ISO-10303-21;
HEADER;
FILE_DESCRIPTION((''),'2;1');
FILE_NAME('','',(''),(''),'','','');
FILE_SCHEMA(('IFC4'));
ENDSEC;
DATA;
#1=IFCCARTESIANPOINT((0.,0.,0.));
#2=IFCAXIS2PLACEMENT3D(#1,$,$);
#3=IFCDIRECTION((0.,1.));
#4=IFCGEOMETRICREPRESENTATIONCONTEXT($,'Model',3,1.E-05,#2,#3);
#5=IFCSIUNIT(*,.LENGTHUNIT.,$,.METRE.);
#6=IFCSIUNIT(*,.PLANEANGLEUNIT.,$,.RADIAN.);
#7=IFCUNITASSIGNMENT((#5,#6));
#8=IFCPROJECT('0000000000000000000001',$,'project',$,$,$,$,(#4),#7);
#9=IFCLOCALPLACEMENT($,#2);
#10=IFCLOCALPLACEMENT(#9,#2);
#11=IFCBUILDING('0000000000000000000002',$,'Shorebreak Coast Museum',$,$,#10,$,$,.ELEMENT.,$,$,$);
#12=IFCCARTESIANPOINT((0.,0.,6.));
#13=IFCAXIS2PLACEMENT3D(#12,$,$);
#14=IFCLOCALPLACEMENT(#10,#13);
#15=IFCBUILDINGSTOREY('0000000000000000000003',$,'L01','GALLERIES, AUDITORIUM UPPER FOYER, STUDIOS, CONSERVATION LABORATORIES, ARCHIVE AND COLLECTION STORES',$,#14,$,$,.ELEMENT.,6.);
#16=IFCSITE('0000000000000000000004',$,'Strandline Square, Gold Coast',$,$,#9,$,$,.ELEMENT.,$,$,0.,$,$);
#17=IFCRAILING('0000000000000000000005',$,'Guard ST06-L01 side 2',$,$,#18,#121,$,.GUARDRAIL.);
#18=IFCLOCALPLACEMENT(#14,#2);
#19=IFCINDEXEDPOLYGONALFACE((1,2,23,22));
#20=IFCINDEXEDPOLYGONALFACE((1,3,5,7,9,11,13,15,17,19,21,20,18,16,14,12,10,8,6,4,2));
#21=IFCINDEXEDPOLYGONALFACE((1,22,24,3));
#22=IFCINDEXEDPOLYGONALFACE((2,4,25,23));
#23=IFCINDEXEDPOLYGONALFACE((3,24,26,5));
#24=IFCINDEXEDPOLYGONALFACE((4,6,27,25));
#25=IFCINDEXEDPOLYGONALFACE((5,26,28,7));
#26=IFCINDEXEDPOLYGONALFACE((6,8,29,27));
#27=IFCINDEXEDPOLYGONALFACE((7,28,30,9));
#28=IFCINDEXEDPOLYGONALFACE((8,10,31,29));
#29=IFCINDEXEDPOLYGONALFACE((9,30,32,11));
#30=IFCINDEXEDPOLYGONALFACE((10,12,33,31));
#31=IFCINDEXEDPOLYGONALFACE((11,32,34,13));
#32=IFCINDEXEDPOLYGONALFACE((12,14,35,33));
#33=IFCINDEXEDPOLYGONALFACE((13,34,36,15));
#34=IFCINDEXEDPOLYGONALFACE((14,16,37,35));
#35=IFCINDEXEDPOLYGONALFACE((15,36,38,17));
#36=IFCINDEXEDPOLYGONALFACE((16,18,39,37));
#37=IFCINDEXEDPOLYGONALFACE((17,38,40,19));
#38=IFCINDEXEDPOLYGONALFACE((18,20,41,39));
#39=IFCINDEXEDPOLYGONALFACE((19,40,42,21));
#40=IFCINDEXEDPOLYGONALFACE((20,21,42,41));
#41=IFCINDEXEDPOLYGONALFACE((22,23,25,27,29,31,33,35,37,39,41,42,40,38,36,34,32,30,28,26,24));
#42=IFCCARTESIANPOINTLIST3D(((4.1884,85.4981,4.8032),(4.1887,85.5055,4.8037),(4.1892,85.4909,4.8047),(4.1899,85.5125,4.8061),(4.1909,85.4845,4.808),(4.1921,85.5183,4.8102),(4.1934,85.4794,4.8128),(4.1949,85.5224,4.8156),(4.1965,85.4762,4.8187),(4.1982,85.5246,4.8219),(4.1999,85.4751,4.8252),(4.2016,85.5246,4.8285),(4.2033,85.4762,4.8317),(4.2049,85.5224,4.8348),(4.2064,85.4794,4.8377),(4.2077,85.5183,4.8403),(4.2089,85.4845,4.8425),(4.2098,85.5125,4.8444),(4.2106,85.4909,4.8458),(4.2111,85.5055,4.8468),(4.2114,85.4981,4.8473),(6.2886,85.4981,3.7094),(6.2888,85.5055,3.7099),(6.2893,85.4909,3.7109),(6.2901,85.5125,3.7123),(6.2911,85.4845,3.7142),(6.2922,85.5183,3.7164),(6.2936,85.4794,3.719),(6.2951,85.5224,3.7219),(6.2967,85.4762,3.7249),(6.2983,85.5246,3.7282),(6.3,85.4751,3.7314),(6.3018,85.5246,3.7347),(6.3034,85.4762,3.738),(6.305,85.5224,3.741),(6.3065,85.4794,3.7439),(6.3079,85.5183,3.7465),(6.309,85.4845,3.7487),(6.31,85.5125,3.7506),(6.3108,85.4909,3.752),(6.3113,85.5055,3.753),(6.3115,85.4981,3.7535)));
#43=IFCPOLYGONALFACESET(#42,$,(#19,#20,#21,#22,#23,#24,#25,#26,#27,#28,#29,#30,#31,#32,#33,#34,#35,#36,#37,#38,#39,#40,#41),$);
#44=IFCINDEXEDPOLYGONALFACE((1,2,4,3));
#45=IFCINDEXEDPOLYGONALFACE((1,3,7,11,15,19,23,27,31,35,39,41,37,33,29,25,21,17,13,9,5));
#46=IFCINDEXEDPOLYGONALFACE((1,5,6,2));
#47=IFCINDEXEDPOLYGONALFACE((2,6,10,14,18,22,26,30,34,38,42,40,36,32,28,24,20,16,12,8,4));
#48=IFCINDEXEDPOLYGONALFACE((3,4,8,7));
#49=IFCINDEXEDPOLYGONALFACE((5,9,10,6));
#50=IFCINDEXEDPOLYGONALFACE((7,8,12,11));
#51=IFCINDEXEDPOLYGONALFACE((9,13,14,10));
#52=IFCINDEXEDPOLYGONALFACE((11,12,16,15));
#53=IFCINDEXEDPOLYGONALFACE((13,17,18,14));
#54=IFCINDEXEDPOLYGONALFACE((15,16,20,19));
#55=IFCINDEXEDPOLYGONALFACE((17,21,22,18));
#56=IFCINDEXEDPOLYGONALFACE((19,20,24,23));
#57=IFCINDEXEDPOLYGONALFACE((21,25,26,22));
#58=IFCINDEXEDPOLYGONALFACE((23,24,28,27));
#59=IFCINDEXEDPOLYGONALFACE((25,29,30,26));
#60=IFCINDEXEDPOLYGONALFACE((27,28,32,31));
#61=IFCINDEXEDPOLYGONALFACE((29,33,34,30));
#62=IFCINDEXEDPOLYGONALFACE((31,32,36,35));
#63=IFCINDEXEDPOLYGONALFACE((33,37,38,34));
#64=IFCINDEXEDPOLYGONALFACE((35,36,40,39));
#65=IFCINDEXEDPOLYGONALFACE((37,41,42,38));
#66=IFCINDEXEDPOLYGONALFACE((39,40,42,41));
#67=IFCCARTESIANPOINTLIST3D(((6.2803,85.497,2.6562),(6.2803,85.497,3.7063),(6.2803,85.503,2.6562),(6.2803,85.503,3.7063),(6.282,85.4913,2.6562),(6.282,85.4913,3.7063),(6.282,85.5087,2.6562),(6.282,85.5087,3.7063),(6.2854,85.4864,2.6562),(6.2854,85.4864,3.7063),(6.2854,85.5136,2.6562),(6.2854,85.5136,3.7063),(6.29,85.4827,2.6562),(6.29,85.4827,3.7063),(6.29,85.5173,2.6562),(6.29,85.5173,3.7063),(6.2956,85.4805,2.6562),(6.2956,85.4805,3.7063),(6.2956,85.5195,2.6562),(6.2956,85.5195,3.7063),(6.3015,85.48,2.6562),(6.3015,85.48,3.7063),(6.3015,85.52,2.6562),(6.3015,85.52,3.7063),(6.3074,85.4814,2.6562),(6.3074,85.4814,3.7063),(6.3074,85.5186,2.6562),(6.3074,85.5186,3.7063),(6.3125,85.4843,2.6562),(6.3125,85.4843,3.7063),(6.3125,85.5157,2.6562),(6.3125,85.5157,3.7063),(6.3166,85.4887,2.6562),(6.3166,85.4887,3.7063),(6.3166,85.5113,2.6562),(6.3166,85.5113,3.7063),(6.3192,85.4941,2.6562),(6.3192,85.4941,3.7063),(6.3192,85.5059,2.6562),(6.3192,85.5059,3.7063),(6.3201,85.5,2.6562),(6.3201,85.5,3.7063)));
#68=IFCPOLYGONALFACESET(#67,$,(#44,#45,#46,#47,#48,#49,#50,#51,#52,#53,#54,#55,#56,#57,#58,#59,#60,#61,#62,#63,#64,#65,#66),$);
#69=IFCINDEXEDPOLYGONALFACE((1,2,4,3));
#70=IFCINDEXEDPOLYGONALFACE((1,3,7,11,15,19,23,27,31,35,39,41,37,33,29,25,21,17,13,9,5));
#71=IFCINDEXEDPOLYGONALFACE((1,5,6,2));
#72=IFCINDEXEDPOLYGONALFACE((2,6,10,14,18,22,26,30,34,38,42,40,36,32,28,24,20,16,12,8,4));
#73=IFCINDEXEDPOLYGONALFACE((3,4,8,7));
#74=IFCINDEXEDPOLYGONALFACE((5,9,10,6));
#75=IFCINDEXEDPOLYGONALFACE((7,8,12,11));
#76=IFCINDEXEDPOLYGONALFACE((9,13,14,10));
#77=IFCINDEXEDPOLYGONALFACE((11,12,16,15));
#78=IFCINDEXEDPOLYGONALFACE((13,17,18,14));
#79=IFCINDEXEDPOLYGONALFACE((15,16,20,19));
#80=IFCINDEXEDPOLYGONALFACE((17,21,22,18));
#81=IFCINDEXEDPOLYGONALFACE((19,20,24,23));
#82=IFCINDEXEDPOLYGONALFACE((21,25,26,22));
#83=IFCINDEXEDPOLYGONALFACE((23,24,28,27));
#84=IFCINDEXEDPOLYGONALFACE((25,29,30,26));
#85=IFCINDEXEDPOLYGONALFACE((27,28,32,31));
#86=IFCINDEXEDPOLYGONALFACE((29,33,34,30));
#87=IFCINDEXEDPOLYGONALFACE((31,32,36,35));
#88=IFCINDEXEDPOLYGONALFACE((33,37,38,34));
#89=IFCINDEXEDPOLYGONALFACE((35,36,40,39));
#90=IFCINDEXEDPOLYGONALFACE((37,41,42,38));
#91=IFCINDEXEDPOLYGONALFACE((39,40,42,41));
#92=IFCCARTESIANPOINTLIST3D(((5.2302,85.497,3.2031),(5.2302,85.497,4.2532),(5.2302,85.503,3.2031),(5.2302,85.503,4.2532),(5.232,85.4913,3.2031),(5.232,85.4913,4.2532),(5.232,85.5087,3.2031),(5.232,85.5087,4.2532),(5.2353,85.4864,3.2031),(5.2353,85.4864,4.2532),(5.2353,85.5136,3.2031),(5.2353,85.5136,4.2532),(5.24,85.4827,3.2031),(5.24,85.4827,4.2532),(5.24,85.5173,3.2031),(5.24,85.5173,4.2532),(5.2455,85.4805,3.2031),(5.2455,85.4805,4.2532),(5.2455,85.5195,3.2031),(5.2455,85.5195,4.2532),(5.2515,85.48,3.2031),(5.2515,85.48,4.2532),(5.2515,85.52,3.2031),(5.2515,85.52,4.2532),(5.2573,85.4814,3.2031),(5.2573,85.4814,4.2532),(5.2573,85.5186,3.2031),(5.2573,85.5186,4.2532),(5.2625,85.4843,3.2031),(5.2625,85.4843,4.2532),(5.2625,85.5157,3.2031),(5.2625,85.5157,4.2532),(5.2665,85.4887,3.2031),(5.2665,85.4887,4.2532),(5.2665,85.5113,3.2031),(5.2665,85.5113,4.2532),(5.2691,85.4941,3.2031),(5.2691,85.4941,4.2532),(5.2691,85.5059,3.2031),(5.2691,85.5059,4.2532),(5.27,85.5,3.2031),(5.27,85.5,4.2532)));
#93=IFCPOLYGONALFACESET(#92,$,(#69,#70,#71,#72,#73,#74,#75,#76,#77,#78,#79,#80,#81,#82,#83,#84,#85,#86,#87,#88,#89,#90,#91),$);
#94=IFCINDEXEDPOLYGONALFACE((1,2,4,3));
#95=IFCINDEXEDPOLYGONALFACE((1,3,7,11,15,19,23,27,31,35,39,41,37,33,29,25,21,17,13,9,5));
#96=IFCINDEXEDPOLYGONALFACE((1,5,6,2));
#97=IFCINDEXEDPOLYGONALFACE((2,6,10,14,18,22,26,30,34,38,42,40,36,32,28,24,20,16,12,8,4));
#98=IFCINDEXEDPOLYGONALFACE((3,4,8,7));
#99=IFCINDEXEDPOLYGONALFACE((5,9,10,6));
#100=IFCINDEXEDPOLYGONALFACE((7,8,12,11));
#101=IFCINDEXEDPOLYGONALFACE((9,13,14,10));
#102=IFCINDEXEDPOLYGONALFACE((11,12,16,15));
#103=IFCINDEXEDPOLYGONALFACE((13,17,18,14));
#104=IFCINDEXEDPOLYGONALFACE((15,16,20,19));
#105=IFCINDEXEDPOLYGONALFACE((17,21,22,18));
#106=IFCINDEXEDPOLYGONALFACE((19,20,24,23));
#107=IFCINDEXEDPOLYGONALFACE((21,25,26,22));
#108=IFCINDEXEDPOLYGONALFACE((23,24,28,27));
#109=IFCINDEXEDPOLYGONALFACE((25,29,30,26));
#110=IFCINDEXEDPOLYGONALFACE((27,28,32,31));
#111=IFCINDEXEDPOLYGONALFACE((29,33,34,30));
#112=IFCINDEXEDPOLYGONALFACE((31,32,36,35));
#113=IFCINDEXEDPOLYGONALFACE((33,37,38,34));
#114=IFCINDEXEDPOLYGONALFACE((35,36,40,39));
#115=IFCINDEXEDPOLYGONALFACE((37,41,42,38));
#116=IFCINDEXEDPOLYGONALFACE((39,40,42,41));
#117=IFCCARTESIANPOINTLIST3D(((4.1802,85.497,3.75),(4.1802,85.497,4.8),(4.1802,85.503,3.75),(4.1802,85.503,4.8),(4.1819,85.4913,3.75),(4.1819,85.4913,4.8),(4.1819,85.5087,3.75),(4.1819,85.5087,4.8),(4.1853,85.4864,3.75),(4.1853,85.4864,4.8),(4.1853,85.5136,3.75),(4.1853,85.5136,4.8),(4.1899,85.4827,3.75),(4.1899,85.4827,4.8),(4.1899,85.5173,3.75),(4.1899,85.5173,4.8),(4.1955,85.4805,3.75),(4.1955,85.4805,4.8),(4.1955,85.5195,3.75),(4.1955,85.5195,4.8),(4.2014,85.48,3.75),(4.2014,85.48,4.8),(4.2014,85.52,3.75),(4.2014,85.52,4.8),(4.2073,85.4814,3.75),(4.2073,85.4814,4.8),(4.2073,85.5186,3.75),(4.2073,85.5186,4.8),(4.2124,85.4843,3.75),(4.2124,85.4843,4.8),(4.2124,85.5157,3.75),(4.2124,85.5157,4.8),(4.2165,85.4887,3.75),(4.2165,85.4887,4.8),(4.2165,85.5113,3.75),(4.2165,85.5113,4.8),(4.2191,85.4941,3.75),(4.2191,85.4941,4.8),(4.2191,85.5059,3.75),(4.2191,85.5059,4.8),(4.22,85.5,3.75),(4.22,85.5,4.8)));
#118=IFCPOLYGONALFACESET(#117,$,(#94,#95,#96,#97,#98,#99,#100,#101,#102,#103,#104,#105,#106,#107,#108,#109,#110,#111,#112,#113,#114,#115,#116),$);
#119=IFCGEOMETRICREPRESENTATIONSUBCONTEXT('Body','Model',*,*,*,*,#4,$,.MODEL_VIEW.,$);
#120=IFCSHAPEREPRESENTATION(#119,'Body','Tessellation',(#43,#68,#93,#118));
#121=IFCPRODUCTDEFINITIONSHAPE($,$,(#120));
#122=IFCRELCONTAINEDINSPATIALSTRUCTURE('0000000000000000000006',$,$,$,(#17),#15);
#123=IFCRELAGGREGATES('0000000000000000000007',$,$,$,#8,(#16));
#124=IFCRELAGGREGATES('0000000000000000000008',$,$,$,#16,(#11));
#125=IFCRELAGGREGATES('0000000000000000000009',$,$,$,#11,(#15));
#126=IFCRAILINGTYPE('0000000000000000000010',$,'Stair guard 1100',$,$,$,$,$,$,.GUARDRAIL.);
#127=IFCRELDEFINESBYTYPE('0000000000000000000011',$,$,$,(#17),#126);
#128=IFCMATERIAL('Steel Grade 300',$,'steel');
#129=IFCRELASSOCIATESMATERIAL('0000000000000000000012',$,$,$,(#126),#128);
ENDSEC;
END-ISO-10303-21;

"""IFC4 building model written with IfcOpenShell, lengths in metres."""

from ifc_helpers import new_model, si_unit, direction, frame, origin, origin_2d, place, context, subcontext, project, spatial, circle, extrude, material, type_object, element, save


model = new_model("IFC4")

# Units and contexts
model_context = context("Model", 3, precision=1e-05, world=origin(), true_north=direction((0.0, 1.0)))
body_context = subcontext(model_context, "Body", "Model", "MODEL_VIEW")
ifc_project = project(units=[si_unit("LENGTHUNIT", "METRE"), si_unit("PLANEANGLEUNIT", "RADIAN")], contexts=[model_context])

# Site, building, storey
site_placement = place(None, origin())
site = spatial("IfcSite", under=ifc_project, at=site_placement, Name="Strandline Square, Gold Coast", CompositionType="ELEMENT", RefElevation=0.0)
building_placement = place(site_placement, origin())
building = spatial("IfcBuilding", under=site, at=building_placement, Name="Shorebreak Coast Museum", CompositionType="ELEMENT")
storey_placement = place(building_placement, frame((0.0, 0.0, 6.0)))
storey = spatial("IfcBuildingStorey", under=building, at=storey_placement, Name="L01", Description="GALLERIES, AUDITORIUM UPPER FOYER, STUDIOS, CONSERVATION LABORATORIES, ARCHIVE AND COLLECTION STORES", CompositionType="ELEMENT", Elevation=6.0)

# Railing
ifc_material_1 = material(Name="Steel Grade 300", Category="steel")
railing_type_1 = type_object("IfcRailingType", Name="Stair guard 1100", PredefinedType="GUARDRAIL", material=ifc_material_1)
railing_1_placement = place(storey_placement, frame((6.3, 85.5, 2.6562)))
element("IfcRailing", 1, at=railing_1_placement, inside=storey, type_object=railing_type_1, Name="Guard ST06-L01 side 2", PredefinedType="GUARDRAIL", context=body_context, shape_type="SweptSolid", body=[
    extrude(circle(Radius=0.0249, at=origin_2d()), frame((0.0, 0.0, 1.0752), z_axis=(-0.886923, 0.0, 0.461918), x_axis=(0.0, -1.0, 0.0)), (0.0, 0.0, 1.0), 2.3679),
    extrude(circle(Radius=0.02, at=origin_2d()), origin(), (0.0, 0.0, 1.0), 1.05),
    extrude(circle(Radius=0.02, at=origin_2d()), frame((-1.05, 0.0, 0.5469)), (0.0, 0.0, 1.0), 1.05),
    extrude(circle(Radius=0.02, at=origin_2d()), frame((-2.1001, 0.0, 1.0938)), (0.0, 0.0, 1.0), 1.05),
])

save(model, "model.ifc")
